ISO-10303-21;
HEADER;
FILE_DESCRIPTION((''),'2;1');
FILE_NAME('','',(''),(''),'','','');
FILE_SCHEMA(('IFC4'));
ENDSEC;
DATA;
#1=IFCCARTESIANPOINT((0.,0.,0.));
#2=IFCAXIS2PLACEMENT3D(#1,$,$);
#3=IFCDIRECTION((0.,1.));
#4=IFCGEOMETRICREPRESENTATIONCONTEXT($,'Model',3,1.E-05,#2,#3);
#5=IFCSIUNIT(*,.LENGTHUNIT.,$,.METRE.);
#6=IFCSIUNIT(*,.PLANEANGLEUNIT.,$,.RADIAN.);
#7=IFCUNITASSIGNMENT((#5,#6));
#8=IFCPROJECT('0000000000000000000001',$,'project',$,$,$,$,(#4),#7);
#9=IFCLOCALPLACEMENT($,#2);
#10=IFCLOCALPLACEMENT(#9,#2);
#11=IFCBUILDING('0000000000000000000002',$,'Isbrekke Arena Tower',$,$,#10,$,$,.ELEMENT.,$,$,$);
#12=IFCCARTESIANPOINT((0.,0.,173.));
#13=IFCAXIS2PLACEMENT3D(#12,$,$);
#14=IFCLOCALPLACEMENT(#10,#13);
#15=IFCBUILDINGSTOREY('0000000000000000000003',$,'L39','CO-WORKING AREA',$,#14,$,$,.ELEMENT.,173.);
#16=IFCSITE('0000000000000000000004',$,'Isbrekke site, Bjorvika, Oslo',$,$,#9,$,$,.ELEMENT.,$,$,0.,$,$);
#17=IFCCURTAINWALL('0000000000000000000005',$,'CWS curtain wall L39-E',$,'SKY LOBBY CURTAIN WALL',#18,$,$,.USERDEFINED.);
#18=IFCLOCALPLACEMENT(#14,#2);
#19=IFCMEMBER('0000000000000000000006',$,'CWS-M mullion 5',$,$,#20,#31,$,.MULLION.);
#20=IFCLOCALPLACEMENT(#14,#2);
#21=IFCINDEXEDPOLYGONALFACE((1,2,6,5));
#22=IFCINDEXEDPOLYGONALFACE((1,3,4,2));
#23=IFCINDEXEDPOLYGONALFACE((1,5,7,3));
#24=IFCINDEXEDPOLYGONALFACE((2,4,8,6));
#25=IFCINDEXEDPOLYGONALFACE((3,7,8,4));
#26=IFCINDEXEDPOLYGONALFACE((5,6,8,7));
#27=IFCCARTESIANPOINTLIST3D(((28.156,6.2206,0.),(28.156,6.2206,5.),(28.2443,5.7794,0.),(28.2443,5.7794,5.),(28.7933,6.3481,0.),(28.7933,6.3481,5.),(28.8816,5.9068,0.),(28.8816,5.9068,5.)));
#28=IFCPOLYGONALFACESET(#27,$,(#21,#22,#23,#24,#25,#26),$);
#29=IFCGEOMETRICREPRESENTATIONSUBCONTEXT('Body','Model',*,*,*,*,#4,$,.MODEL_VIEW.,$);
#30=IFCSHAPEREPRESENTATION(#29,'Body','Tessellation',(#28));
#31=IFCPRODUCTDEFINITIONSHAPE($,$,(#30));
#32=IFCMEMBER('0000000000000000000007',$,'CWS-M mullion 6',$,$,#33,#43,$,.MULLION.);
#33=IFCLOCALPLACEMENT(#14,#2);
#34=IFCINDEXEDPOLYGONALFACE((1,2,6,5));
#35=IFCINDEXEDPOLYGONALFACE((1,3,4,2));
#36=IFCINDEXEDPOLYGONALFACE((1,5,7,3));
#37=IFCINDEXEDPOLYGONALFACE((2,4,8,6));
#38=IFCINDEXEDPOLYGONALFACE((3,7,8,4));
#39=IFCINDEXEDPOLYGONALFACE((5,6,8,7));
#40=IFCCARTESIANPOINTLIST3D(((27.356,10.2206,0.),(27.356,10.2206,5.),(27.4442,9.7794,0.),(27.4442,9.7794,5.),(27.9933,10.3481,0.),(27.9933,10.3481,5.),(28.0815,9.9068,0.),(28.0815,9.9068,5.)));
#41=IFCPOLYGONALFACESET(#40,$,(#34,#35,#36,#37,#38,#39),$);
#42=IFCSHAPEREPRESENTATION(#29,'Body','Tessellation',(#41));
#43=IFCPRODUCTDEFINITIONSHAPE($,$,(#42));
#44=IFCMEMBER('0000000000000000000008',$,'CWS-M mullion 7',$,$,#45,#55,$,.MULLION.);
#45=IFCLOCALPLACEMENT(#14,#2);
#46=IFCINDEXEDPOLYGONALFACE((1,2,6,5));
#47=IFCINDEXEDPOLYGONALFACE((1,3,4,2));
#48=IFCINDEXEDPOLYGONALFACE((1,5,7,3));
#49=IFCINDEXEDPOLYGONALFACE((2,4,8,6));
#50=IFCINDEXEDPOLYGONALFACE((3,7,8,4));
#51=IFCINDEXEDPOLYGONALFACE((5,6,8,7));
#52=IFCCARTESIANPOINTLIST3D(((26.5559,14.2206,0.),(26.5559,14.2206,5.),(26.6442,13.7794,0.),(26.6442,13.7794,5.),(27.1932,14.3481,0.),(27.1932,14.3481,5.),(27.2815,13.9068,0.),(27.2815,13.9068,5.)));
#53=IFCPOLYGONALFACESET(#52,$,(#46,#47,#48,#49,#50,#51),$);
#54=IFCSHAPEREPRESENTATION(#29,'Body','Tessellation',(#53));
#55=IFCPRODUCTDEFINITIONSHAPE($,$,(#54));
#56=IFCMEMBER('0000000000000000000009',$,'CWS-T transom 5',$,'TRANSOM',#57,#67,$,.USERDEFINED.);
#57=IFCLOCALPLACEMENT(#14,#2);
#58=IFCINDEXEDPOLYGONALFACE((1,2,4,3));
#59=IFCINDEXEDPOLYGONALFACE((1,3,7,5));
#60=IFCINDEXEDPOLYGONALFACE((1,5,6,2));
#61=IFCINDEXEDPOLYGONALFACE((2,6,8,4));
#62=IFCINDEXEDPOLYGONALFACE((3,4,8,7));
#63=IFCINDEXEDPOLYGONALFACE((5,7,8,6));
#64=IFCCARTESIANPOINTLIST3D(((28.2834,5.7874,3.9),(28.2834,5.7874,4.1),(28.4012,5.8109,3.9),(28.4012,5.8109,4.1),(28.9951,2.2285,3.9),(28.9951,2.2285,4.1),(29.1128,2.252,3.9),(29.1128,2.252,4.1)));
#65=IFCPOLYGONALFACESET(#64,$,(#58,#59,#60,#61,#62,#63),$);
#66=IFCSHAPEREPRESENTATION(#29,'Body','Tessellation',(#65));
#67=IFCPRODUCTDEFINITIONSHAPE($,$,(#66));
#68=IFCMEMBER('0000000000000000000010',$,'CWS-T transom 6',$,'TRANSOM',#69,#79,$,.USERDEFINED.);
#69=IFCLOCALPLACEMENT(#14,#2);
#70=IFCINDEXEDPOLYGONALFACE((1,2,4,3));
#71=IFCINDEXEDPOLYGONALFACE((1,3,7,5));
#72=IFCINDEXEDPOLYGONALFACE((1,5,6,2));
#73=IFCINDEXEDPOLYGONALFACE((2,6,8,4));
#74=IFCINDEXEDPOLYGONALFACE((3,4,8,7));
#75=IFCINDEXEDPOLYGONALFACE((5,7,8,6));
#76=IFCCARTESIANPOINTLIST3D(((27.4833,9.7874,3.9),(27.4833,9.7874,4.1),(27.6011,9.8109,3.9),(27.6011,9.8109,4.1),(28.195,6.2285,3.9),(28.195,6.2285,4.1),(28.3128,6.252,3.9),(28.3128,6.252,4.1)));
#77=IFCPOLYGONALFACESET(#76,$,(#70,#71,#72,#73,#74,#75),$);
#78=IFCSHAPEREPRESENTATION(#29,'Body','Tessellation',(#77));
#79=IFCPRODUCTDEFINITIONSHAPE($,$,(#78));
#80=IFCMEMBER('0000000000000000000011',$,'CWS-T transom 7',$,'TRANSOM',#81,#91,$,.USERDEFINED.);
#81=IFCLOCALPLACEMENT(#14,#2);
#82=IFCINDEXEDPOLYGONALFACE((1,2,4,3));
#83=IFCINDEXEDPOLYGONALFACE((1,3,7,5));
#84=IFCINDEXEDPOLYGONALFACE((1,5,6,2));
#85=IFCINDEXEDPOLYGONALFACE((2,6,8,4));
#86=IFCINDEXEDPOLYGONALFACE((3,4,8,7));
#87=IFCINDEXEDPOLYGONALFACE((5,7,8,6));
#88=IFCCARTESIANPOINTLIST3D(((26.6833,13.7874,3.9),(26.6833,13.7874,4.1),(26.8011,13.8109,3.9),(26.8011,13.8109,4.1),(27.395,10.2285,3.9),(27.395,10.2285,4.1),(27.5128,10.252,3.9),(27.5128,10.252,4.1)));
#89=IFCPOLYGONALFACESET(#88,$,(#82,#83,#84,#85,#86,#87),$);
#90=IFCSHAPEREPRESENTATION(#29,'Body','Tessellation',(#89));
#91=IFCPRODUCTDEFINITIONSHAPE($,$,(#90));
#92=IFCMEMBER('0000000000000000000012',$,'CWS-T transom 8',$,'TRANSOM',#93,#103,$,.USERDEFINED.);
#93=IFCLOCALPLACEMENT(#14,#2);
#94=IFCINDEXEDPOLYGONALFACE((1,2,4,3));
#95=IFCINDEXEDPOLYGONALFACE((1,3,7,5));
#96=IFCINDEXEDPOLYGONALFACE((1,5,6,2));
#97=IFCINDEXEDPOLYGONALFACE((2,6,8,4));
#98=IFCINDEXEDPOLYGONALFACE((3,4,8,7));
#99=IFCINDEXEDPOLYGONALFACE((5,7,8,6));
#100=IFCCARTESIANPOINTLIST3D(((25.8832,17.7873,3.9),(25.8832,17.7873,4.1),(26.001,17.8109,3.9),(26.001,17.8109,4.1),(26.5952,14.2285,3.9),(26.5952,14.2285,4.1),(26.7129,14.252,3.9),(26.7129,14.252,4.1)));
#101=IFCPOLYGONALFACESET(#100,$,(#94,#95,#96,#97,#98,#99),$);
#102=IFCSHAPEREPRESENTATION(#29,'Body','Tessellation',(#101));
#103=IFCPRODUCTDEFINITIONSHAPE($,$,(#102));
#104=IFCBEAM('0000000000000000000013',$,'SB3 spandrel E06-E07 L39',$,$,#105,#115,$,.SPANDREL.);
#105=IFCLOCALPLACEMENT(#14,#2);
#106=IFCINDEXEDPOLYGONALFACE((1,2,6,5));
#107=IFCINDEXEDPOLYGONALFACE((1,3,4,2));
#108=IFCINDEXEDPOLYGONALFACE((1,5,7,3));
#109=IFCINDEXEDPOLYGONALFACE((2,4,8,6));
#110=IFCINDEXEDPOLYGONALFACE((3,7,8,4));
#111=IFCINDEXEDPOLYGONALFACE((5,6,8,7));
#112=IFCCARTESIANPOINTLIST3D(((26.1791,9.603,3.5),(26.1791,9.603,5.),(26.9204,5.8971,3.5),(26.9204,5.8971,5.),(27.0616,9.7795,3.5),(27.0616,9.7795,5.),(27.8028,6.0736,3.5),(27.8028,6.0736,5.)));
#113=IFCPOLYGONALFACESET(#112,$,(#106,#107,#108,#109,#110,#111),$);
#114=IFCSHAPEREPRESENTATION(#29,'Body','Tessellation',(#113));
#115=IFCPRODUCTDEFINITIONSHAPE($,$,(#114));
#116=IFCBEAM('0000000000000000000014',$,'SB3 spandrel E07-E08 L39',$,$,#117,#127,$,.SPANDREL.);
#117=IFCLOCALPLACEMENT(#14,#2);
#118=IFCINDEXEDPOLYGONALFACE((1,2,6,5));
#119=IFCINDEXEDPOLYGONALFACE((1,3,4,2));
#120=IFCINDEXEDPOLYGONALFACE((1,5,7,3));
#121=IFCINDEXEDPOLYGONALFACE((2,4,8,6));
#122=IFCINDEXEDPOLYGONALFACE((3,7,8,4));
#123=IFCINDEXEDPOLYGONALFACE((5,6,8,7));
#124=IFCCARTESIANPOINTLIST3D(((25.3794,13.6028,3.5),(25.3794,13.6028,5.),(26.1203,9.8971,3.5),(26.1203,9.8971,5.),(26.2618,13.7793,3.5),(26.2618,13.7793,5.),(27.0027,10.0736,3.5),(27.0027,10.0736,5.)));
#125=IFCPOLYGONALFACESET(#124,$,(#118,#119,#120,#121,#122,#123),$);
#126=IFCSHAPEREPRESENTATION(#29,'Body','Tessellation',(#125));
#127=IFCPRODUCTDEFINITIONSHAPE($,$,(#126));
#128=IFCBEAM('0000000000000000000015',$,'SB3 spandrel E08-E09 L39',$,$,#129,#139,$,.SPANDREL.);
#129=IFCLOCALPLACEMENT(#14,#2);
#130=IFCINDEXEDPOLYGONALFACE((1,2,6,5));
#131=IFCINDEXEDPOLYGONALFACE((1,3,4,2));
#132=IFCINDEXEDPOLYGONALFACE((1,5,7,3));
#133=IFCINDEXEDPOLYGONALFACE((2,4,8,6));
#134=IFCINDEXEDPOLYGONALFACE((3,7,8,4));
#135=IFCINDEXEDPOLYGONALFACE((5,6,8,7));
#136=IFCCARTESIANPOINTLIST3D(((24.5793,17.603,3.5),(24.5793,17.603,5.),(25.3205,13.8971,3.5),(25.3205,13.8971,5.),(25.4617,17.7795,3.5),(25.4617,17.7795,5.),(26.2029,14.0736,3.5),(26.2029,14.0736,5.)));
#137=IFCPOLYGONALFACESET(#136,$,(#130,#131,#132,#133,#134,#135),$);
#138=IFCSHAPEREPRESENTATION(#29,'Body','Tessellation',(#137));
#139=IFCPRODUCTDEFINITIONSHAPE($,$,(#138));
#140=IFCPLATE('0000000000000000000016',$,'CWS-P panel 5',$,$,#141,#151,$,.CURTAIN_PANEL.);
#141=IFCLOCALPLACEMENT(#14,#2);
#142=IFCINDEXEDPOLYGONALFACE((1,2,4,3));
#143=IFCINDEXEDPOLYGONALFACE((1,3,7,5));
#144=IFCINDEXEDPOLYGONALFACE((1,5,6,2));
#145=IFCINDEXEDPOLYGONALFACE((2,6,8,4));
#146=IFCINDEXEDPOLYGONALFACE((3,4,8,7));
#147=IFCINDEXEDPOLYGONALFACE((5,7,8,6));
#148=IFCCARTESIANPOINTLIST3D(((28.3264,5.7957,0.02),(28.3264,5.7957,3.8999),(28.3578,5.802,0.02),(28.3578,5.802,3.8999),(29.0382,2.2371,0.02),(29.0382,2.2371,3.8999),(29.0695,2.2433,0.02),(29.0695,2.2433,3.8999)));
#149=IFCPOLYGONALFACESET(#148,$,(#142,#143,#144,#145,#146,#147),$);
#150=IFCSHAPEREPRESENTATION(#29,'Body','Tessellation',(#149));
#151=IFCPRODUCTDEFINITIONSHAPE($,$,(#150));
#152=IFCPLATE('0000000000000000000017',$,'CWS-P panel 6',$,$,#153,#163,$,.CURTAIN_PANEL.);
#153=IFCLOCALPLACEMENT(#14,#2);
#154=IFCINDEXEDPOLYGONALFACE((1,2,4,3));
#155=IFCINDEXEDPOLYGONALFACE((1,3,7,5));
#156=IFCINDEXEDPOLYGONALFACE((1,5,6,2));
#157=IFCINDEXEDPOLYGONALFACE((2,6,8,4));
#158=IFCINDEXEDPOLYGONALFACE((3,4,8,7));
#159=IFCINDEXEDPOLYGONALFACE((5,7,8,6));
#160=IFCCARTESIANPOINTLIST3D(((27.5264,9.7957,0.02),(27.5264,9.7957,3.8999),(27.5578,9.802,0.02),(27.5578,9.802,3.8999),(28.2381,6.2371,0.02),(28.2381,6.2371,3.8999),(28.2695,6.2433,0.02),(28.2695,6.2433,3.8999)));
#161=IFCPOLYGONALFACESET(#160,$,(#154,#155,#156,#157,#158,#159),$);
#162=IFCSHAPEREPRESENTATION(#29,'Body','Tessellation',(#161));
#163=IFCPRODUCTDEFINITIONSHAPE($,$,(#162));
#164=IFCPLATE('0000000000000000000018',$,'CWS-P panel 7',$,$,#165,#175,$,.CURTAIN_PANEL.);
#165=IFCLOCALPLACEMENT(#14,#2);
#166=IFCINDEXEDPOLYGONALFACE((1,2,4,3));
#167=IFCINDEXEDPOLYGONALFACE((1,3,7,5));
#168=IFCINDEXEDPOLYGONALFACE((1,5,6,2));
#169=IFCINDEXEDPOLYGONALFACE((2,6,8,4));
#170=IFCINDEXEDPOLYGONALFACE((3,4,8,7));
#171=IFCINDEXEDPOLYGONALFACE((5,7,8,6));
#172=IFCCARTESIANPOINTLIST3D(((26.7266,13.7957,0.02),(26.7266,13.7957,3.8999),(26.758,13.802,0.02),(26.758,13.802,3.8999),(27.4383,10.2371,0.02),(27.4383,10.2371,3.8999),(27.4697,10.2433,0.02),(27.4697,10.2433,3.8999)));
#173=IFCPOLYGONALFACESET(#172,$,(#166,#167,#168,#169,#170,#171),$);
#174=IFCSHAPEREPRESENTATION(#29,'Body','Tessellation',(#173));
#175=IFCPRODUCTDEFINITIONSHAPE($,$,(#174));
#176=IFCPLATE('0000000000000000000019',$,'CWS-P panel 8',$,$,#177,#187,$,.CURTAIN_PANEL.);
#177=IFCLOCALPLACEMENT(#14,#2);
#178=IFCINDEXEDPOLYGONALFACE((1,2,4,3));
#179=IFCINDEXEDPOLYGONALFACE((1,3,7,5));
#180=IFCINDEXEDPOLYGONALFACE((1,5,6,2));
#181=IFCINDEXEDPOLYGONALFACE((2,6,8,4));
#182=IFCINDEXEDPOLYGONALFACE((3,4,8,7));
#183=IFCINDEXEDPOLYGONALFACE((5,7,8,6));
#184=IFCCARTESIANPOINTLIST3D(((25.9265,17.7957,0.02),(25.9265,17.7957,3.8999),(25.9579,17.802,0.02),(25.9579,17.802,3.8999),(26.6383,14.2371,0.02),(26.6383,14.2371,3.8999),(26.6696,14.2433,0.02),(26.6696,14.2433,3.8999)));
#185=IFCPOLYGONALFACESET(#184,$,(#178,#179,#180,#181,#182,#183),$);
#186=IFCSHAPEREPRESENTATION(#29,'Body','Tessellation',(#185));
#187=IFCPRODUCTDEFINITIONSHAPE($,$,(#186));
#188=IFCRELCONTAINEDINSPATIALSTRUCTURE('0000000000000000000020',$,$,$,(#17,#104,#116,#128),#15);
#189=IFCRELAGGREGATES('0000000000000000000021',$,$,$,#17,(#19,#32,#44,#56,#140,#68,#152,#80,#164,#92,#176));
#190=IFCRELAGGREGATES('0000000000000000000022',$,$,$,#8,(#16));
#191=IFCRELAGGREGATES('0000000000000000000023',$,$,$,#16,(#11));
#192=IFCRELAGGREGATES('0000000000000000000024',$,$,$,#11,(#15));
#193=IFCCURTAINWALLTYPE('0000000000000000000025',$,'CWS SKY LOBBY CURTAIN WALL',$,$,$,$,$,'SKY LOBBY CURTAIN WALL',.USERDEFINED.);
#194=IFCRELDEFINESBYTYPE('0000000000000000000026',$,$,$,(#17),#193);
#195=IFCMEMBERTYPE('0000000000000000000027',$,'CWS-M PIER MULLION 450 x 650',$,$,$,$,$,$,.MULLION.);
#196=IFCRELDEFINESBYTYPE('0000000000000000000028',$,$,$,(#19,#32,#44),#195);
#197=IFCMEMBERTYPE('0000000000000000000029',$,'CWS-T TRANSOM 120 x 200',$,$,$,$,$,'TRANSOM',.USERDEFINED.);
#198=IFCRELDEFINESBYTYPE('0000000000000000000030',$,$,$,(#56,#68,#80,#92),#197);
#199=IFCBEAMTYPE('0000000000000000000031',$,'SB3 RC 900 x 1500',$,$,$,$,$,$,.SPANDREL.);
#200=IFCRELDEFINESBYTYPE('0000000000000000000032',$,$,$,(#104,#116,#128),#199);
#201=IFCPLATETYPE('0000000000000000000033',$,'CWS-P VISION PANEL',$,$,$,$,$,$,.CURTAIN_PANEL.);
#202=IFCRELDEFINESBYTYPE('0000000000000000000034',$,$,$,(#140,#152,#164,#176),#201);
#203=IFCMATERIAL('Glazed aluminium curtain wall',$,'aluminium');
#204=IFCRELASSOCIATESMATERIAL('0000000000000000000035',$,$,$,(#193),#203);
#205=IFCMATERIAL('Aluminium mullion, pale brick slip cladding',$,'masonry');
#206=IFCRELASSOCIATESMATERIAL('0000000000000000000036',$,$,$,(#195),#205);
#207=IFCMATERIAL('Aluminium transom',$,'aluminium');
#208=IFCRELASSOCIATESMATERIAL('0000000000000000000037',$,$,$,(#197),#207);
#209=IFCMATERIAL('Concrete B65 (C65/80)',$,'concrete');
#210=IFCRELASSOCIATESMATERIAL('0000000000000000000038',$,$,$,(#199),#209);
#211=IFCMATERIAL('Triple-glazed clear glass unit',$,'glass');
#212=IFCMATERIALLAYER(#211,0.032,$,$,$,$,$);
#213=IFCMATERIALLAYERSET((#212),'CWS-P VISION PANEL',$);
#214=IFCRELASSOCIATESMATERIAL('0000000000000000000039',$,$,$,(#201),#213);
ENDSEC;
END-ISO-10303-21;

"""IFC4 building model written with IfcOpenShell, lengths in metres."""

from ifc_helpers import new_model, si_unit, direction, frame, origin, origin_2d, place, context, subcontext, project, spatial, rectangle, extrude, material, layer, layer_set, material_profile, profile_set, type_object, element, aggregate, save


model = new_model("IFC4")

# Units and contexts
model_context = context("Model", 3, precision=1e-05, world=origin(), true_north=direction((0.0, 1.0)))
body_context = subcontext(model_context, "Body", "Model", "MODEL_VIEW")
ifc_project = project(units=[si_unit("LENGTHUNIT", "METRE"), si_unit("PLANEANGLEUNIT", "RADIAN")], contexts=[model_context])

# Site, building, storey
site_placement = place(None, origin())
site = spatial("IfcSite", under=ifc_project, at=site_placement, Name="Isbrekke site, Bjorvika, Oslo", CompositionType="ELEMENT", RefElevation=0.0)
building_placement = place(site_placement, origin())
building = spatial("IfcBuilding", under=site, at=building_placement, Name="Isbrekke Arena Tower", CompositionType="ELEMENT")
storey_placement = place(building_placement, frame((0.0, 0.0, 173.0)))
storey = spatial("IfcBuildingStorey", under=building, at=storey_placement, Name="L39", Description="CO-WORKING AREA", CompositionType="ELEMENT", Elevation=173.0)

# Curtain wall, members
ifc_material_1 = material(Name="Glazed aluminium curtain wall", Category="aluminium")
curtain_wall_type = type_object("IfcCurtainWallType", Name="CWS SKY LOBBY CURTAIN WALL", ElementType="SKY LOBBY CURTAIN WALL", PredefinedType="USERDEFINED", material=ifc_material_1)
curtain_wall_placement = place(storey_placement, origin())
curtain_wall = element("IfcCurtainWall", 1, at=curtain_wall_placement, inside=storey, type_object=curtain_wall_type, Name="CWS curtain wall L39-E", ObjectType="SKY LOBBY CURTAIN WALL", PredefinedType="USERDEFINED")
ifc_material_2 = material(Name="Aluminium mullion, pale brick slip cladding", Category="masonry")
ifc_material_profile_1 = material_profile(ifc_material_2, rectangle(XDim=0.45, YDim=0.6499, at=origin_2d()), Name="PIER 450X650")
ifc_profile_set_1 = profile_set([ifc_material_profile_1], Name="Aluminium mullion, pale brick slip cladding")
member_type_1 = type_object("IfcMemberType", Name="CWS-M PIER MULLION 450 x 650", PredefinedType="MULLION", material=ifc_profile_set_1)
member_1_placement = place(storey_placement, frame((28.5188, 6.0637, 0.0), z_axis=(0.0, 0.0, 1.0), x_axis=(-0.196116, 0.980581, 0.0)))
member_1 = element("IfcMember", 2, at=member_1_placement, type_object=member_type_1, Name="CWS-M mullion 5", PredefinedType="MULLION", context=body_context, shape_type="SweptSolid", body=[
    extrude(rectangle(XDim=0.45, YDim=0.6499, at=origin_2d()), origin(), (0.0, 0.0, 1.0), 5.0),
])
member_2_placement = place(storey_placement, frame((27.7188, 10.0637, 0.0), z_axis=(0.0, 0.0, 1.0), x_axis=(-0.196116, 0.980581, 0.0)))
member_2 = element("IfcMember", 3, at=member_2_placement, type_object=member_type_1, Name="CWS-M mullion 6", PredefinedType="MULLION", context=body_context, shape_type="SweptSolid", body=[
    extrude(rectangle(XDim=0.45, YDim=0.6499, at=origin_2d()), origin(), (0.0, 0.0, 1.0), 5.0),
])
member_3_placement = place(storey_placement, frame((26.9187, 14.0637, 0.0), z_axis=(0.0, 0.0, 1.0), x_axis=(-0.196116, 0.980581, 0.0)))
member_3 = element("IfcMember", 4, at=member_3_placement, type_object=member_type_1, Name="CWS-M mullion 7", PredefinedType="MULLION", context=body_context, shape_type="SweptSolid", body=[
    extrude(rectangle(XDim=0.45, YDim=0.6499, at=origin_2d()), origin(), (0.0, 0.0, 1.0), 5.0),
])
ifc_material_3 = material(Name="Aluminium transom", Category="aluminium")
ifc_material_profile_2 = material_profile(ifc_material_3, rectangle(XDim=0.1201, YDim=0.2, at=origin_2d()), Name="TRANSOM 120X200")
ifc_profile_set_2 = profile_set([ifc_material_profile_2], Name="Aluminium transom")
member_type_2 = type_object("IfcMemberType", Name="CWS-T TRANSOM 120 x 200", ElementType="TRANSOM", PredefinedType="USERDEFINED", material=ifc_profile_set_2)
member_4_placement = place(storey_placement, frame((29.054, 2.2402, 4.0), z_axis=(-0.19609, 0.980586, 0.0), x_axis=(-0.980586, -0.19609, 0.0)))
member_4 = element("IfcMember", 5, at=member_4_placement, type_object=member_type_2, Name="CWS-T transom 5", ObjectType="TRANSOM", PredefinedType="USERDEFINED", context=body_context, shape_type="SweptSolid", body=[
    extrude(rectangle(XDim=0.1201, YDim=0.2, at=origin_2d()), origin(), (0.0, 0.0, 1.0), 3.6294),
])
member_5_placement = place(storey_placement, frame((28.2539, 6.2402, 4.0), z_axis=(-0.19609, 0.980586, 0.0), x_axis=(-0.980586, -0.19609, 0.0)))
member_5 = element("IfcMember", 6, at=member_5_placement, type_object=member_type_2, Name="CWS-T transom 6", ObjectType="TRANSOM", PredefinedType="USERDEFINED", context=body_context, shape_type="SweptSolid", body=[
    extrude(rectangle(XDim=0.1201, YDim=0.2, at=origin_2d()), origin(), (0.0, 0.0, 1.0), 3.6294),
])
member_6_placement = place(storey_placement, frame((27.4539, 10.2402, 4.0), z_axis=(-0.19609, 0.980586, 0.0), x_axis=(-0.980586, -0.19609, 0.0)))
member_6 = element("IfcMember", 7, at=member_6_placement, type_object=member_type_2, Name="CWS-T transom 7", ObjectType="TRANSOM", PredefinedType="USERDEFINED", context=body_context, shape_type="SweptSolid", body=[
    extrude(rectangle(XDim=0.1201, YDim=0.2, at=origin_2d()), origin(), (0.0, 0.0, 1.0), 3.6294),
])
member_7_placement = place(storey_placement, frame((26.6541, 14.2402, 4.0), z_axis=(-0.196155, 0.980573, 0.0), x_axis=(-0.980573, -0.196155, 0.0)))
member_7 = element("IfcMember", 8, at=member_7_placement, type_object=member_type_2, Name="CWS-T transom 8", ObjectType="TRANSOM", PredefinedType="USERDEFINED", context=body_context, shape_type="SweptSolid", body=[
    extrude(rectangle(XDim=0.1201, YDim=0.2, at=origin_2d()), origin(), (0.0, 0.0, 1.0), 3.6294),
])

# Beams
ifc_material_4 = material(Name="Concrete B65 (C65/80)", Category="concrete")
ifc_material_profile_3 = material_profile(ifc_material_4, rectangle(XDim=0.8999, YDim=1.5, at=origin_2d()), Name="RC 900x1500")
ifc_profile_set_3 = profile_set([ifc_material_profile_3], Name="Concrete B65 (C65/80)")
beam_type_1 = type_object("IfcBeamType", Name="SB3 RC 900 x 1500", PredefinedType="SPANDREL", material=ifc_profile_set_3)
beam_1_placement = place(storey_placement, frame((27.3616, 5.9854, 4.25), z_axis=(-0.196129, 0.980578, 0.0), x_axis=(-0.980578, -0.196129, 0.0)))
element("IfcBeam", 9, at=beam_1_placement, inside=storey, type_object=beam_type_1, Name="SB3 spandrel E06-E07 L39", PredefinedType="SPANDREL", context=body_context, shape_type="SweptSolid", body=[
    extrude(rectangle(XDim=0.8999, YDim=1.5, at=origin_2d()), origin(), (0.0, 0.0, 1.0), 3.7793),
])
beam_2_placement = place(storey_placement, frame((26.5615, 9.9854, 4.25), z_axis=(-0.196066, 0.980591, 0.0), x_axis=(-0.980591, -0.196066, 0.0)))
element("IfcBeam", 10, at=beam_2_placement, inside=storey, type_object=beam_type_1, Name="SB3 spandrel E07-E08 L39", PredefinedType="SPANDREL", context=body_context, shape_type="SweptSolid", body=[
    extrude(rectangle(XDim=0.8999, YDim=1.5, at=origin_2d()), origin(), (0.0, 0.0, 1.0), 3.7791),
])
beam_3_placement = place(storey_placement, frame((25.7617, 13.9854, 4.25), z_axis=(-0.196129, 0.980578, 0.0), x_axis=(-0.980578, -0.196129, 0.0)))
element("IfcBeam", 11, at=beam_3_placement, inside=storey, type_object=beam_type_1, Name="SB3 spandrel E08-E09 L39", PredefinedType="SPANDREL", context=body_context, shape_type="SweptSolid", body=[
    extrude(rectangle(XDim=0.8999, YDim=1.5, at=origin_2d()), origin(), (0.0, 0.0, 1.0), 3.7793),
])

# Plates
ifc_material_5 = material(Name="Triple-glazed clear glass unit", Category="glass")
ifc_layer_1 = layer(ifc_material_5, 0.032)
ifc_layer_set_1 = layer_set([ifc_layer_1], Name="CWS-P VISION PANEL")
plate_type = type_object("IfcPlateType", Name="CWS-P VISION PANEL", PredefinedType="CURTAIN_PANEL", material=ifc_layer_set_1)
plate_1_placement = place(storey_placement, frame((28.698, 4.0195, 0.02), z_axis=(0.0, 0.0, 1.0), x_axis=(-0.196116, 0.980581, 0.0)))
plate_1 = element("IfcPlate", 12, at=plate_1_placement, type_object=plate_type, Name="CWS-P panel 5", PredefinedType="CURTAIN_PANEL", context=body_context, shape_type="SweptSolid", body=[
    extrude(rectangle(XDim=3.6292, YDim=0.032, at=origin_2d()), origin(), (0.0, 0.0, 1.0), 3.8799),
])
plate_2_placement = place(storey_placement, frame((27.8979, 8.0195, 0.02), z_axis=(0.0, 0.0, 1.0), x_axis=(-0.196116, 0.980581, 0.0)))
plate_2 = element("IfcPlate", 13, at=plate_2_placement, type_object=plate_type, Name="CWS-P panel 6", PredefinedType="CURTAIN_PANEL", context=body_context, shape_type="SweptSolid", body=[
    extrude(rectangle(XDim=3.6292, YDim=0.032, at=origin_2d()), origin(), (0.0, 0.0, 1.0), 3.8799),
])
plate_3_placement = place(storey_placement, frame((27.0981, 12.0195, 0.02), z_axis=(0.0, 0.0, 1.0), x_axis=(-0.196116, 0.980581, 0.0)))
plate_3 = element("IfcPlate", 14, at=plate_3_placement, type_object=plate_type, Name="CWS-P panel 7", PredefinedType="CURTAIN_PANEL", context=body_context, shape_type="SweptSolid", body=[
    extrude(rectangle(XDim=3.6292, YDim=0.032, at=origin_2d()), origin(), (0.0, 0.0, 1.0), 3.8799),
])
plate_4_placement = place(storey_placement, frame((26.2981, 16.0195, 0.02), z_axis=(0.0, 0.0, 1.0), x_axis=(-0.196116, 0.980581, 0.0)))
plate_4 = element("IfcPlate", 15, at=plate_4_placement, type_object=plate_type, Name="CWS-P panel 8", PredefinedType="CURTAIN_PANEL", context=body_context, shape_type="SweptSolid", body=[
    extrude(rectangle(XDim=3.6292, YDim=0.032, at=origin_2d()), origin(), (0.0, 0.0, 1.0), 3.8799),
])
aggregate(curtain_wall, [member_1, member_2, member_3, member_4, plate_1, member_5, plate_2, member_6, plate_3, member_7, plate_4])

save(model, "model.ifc")
